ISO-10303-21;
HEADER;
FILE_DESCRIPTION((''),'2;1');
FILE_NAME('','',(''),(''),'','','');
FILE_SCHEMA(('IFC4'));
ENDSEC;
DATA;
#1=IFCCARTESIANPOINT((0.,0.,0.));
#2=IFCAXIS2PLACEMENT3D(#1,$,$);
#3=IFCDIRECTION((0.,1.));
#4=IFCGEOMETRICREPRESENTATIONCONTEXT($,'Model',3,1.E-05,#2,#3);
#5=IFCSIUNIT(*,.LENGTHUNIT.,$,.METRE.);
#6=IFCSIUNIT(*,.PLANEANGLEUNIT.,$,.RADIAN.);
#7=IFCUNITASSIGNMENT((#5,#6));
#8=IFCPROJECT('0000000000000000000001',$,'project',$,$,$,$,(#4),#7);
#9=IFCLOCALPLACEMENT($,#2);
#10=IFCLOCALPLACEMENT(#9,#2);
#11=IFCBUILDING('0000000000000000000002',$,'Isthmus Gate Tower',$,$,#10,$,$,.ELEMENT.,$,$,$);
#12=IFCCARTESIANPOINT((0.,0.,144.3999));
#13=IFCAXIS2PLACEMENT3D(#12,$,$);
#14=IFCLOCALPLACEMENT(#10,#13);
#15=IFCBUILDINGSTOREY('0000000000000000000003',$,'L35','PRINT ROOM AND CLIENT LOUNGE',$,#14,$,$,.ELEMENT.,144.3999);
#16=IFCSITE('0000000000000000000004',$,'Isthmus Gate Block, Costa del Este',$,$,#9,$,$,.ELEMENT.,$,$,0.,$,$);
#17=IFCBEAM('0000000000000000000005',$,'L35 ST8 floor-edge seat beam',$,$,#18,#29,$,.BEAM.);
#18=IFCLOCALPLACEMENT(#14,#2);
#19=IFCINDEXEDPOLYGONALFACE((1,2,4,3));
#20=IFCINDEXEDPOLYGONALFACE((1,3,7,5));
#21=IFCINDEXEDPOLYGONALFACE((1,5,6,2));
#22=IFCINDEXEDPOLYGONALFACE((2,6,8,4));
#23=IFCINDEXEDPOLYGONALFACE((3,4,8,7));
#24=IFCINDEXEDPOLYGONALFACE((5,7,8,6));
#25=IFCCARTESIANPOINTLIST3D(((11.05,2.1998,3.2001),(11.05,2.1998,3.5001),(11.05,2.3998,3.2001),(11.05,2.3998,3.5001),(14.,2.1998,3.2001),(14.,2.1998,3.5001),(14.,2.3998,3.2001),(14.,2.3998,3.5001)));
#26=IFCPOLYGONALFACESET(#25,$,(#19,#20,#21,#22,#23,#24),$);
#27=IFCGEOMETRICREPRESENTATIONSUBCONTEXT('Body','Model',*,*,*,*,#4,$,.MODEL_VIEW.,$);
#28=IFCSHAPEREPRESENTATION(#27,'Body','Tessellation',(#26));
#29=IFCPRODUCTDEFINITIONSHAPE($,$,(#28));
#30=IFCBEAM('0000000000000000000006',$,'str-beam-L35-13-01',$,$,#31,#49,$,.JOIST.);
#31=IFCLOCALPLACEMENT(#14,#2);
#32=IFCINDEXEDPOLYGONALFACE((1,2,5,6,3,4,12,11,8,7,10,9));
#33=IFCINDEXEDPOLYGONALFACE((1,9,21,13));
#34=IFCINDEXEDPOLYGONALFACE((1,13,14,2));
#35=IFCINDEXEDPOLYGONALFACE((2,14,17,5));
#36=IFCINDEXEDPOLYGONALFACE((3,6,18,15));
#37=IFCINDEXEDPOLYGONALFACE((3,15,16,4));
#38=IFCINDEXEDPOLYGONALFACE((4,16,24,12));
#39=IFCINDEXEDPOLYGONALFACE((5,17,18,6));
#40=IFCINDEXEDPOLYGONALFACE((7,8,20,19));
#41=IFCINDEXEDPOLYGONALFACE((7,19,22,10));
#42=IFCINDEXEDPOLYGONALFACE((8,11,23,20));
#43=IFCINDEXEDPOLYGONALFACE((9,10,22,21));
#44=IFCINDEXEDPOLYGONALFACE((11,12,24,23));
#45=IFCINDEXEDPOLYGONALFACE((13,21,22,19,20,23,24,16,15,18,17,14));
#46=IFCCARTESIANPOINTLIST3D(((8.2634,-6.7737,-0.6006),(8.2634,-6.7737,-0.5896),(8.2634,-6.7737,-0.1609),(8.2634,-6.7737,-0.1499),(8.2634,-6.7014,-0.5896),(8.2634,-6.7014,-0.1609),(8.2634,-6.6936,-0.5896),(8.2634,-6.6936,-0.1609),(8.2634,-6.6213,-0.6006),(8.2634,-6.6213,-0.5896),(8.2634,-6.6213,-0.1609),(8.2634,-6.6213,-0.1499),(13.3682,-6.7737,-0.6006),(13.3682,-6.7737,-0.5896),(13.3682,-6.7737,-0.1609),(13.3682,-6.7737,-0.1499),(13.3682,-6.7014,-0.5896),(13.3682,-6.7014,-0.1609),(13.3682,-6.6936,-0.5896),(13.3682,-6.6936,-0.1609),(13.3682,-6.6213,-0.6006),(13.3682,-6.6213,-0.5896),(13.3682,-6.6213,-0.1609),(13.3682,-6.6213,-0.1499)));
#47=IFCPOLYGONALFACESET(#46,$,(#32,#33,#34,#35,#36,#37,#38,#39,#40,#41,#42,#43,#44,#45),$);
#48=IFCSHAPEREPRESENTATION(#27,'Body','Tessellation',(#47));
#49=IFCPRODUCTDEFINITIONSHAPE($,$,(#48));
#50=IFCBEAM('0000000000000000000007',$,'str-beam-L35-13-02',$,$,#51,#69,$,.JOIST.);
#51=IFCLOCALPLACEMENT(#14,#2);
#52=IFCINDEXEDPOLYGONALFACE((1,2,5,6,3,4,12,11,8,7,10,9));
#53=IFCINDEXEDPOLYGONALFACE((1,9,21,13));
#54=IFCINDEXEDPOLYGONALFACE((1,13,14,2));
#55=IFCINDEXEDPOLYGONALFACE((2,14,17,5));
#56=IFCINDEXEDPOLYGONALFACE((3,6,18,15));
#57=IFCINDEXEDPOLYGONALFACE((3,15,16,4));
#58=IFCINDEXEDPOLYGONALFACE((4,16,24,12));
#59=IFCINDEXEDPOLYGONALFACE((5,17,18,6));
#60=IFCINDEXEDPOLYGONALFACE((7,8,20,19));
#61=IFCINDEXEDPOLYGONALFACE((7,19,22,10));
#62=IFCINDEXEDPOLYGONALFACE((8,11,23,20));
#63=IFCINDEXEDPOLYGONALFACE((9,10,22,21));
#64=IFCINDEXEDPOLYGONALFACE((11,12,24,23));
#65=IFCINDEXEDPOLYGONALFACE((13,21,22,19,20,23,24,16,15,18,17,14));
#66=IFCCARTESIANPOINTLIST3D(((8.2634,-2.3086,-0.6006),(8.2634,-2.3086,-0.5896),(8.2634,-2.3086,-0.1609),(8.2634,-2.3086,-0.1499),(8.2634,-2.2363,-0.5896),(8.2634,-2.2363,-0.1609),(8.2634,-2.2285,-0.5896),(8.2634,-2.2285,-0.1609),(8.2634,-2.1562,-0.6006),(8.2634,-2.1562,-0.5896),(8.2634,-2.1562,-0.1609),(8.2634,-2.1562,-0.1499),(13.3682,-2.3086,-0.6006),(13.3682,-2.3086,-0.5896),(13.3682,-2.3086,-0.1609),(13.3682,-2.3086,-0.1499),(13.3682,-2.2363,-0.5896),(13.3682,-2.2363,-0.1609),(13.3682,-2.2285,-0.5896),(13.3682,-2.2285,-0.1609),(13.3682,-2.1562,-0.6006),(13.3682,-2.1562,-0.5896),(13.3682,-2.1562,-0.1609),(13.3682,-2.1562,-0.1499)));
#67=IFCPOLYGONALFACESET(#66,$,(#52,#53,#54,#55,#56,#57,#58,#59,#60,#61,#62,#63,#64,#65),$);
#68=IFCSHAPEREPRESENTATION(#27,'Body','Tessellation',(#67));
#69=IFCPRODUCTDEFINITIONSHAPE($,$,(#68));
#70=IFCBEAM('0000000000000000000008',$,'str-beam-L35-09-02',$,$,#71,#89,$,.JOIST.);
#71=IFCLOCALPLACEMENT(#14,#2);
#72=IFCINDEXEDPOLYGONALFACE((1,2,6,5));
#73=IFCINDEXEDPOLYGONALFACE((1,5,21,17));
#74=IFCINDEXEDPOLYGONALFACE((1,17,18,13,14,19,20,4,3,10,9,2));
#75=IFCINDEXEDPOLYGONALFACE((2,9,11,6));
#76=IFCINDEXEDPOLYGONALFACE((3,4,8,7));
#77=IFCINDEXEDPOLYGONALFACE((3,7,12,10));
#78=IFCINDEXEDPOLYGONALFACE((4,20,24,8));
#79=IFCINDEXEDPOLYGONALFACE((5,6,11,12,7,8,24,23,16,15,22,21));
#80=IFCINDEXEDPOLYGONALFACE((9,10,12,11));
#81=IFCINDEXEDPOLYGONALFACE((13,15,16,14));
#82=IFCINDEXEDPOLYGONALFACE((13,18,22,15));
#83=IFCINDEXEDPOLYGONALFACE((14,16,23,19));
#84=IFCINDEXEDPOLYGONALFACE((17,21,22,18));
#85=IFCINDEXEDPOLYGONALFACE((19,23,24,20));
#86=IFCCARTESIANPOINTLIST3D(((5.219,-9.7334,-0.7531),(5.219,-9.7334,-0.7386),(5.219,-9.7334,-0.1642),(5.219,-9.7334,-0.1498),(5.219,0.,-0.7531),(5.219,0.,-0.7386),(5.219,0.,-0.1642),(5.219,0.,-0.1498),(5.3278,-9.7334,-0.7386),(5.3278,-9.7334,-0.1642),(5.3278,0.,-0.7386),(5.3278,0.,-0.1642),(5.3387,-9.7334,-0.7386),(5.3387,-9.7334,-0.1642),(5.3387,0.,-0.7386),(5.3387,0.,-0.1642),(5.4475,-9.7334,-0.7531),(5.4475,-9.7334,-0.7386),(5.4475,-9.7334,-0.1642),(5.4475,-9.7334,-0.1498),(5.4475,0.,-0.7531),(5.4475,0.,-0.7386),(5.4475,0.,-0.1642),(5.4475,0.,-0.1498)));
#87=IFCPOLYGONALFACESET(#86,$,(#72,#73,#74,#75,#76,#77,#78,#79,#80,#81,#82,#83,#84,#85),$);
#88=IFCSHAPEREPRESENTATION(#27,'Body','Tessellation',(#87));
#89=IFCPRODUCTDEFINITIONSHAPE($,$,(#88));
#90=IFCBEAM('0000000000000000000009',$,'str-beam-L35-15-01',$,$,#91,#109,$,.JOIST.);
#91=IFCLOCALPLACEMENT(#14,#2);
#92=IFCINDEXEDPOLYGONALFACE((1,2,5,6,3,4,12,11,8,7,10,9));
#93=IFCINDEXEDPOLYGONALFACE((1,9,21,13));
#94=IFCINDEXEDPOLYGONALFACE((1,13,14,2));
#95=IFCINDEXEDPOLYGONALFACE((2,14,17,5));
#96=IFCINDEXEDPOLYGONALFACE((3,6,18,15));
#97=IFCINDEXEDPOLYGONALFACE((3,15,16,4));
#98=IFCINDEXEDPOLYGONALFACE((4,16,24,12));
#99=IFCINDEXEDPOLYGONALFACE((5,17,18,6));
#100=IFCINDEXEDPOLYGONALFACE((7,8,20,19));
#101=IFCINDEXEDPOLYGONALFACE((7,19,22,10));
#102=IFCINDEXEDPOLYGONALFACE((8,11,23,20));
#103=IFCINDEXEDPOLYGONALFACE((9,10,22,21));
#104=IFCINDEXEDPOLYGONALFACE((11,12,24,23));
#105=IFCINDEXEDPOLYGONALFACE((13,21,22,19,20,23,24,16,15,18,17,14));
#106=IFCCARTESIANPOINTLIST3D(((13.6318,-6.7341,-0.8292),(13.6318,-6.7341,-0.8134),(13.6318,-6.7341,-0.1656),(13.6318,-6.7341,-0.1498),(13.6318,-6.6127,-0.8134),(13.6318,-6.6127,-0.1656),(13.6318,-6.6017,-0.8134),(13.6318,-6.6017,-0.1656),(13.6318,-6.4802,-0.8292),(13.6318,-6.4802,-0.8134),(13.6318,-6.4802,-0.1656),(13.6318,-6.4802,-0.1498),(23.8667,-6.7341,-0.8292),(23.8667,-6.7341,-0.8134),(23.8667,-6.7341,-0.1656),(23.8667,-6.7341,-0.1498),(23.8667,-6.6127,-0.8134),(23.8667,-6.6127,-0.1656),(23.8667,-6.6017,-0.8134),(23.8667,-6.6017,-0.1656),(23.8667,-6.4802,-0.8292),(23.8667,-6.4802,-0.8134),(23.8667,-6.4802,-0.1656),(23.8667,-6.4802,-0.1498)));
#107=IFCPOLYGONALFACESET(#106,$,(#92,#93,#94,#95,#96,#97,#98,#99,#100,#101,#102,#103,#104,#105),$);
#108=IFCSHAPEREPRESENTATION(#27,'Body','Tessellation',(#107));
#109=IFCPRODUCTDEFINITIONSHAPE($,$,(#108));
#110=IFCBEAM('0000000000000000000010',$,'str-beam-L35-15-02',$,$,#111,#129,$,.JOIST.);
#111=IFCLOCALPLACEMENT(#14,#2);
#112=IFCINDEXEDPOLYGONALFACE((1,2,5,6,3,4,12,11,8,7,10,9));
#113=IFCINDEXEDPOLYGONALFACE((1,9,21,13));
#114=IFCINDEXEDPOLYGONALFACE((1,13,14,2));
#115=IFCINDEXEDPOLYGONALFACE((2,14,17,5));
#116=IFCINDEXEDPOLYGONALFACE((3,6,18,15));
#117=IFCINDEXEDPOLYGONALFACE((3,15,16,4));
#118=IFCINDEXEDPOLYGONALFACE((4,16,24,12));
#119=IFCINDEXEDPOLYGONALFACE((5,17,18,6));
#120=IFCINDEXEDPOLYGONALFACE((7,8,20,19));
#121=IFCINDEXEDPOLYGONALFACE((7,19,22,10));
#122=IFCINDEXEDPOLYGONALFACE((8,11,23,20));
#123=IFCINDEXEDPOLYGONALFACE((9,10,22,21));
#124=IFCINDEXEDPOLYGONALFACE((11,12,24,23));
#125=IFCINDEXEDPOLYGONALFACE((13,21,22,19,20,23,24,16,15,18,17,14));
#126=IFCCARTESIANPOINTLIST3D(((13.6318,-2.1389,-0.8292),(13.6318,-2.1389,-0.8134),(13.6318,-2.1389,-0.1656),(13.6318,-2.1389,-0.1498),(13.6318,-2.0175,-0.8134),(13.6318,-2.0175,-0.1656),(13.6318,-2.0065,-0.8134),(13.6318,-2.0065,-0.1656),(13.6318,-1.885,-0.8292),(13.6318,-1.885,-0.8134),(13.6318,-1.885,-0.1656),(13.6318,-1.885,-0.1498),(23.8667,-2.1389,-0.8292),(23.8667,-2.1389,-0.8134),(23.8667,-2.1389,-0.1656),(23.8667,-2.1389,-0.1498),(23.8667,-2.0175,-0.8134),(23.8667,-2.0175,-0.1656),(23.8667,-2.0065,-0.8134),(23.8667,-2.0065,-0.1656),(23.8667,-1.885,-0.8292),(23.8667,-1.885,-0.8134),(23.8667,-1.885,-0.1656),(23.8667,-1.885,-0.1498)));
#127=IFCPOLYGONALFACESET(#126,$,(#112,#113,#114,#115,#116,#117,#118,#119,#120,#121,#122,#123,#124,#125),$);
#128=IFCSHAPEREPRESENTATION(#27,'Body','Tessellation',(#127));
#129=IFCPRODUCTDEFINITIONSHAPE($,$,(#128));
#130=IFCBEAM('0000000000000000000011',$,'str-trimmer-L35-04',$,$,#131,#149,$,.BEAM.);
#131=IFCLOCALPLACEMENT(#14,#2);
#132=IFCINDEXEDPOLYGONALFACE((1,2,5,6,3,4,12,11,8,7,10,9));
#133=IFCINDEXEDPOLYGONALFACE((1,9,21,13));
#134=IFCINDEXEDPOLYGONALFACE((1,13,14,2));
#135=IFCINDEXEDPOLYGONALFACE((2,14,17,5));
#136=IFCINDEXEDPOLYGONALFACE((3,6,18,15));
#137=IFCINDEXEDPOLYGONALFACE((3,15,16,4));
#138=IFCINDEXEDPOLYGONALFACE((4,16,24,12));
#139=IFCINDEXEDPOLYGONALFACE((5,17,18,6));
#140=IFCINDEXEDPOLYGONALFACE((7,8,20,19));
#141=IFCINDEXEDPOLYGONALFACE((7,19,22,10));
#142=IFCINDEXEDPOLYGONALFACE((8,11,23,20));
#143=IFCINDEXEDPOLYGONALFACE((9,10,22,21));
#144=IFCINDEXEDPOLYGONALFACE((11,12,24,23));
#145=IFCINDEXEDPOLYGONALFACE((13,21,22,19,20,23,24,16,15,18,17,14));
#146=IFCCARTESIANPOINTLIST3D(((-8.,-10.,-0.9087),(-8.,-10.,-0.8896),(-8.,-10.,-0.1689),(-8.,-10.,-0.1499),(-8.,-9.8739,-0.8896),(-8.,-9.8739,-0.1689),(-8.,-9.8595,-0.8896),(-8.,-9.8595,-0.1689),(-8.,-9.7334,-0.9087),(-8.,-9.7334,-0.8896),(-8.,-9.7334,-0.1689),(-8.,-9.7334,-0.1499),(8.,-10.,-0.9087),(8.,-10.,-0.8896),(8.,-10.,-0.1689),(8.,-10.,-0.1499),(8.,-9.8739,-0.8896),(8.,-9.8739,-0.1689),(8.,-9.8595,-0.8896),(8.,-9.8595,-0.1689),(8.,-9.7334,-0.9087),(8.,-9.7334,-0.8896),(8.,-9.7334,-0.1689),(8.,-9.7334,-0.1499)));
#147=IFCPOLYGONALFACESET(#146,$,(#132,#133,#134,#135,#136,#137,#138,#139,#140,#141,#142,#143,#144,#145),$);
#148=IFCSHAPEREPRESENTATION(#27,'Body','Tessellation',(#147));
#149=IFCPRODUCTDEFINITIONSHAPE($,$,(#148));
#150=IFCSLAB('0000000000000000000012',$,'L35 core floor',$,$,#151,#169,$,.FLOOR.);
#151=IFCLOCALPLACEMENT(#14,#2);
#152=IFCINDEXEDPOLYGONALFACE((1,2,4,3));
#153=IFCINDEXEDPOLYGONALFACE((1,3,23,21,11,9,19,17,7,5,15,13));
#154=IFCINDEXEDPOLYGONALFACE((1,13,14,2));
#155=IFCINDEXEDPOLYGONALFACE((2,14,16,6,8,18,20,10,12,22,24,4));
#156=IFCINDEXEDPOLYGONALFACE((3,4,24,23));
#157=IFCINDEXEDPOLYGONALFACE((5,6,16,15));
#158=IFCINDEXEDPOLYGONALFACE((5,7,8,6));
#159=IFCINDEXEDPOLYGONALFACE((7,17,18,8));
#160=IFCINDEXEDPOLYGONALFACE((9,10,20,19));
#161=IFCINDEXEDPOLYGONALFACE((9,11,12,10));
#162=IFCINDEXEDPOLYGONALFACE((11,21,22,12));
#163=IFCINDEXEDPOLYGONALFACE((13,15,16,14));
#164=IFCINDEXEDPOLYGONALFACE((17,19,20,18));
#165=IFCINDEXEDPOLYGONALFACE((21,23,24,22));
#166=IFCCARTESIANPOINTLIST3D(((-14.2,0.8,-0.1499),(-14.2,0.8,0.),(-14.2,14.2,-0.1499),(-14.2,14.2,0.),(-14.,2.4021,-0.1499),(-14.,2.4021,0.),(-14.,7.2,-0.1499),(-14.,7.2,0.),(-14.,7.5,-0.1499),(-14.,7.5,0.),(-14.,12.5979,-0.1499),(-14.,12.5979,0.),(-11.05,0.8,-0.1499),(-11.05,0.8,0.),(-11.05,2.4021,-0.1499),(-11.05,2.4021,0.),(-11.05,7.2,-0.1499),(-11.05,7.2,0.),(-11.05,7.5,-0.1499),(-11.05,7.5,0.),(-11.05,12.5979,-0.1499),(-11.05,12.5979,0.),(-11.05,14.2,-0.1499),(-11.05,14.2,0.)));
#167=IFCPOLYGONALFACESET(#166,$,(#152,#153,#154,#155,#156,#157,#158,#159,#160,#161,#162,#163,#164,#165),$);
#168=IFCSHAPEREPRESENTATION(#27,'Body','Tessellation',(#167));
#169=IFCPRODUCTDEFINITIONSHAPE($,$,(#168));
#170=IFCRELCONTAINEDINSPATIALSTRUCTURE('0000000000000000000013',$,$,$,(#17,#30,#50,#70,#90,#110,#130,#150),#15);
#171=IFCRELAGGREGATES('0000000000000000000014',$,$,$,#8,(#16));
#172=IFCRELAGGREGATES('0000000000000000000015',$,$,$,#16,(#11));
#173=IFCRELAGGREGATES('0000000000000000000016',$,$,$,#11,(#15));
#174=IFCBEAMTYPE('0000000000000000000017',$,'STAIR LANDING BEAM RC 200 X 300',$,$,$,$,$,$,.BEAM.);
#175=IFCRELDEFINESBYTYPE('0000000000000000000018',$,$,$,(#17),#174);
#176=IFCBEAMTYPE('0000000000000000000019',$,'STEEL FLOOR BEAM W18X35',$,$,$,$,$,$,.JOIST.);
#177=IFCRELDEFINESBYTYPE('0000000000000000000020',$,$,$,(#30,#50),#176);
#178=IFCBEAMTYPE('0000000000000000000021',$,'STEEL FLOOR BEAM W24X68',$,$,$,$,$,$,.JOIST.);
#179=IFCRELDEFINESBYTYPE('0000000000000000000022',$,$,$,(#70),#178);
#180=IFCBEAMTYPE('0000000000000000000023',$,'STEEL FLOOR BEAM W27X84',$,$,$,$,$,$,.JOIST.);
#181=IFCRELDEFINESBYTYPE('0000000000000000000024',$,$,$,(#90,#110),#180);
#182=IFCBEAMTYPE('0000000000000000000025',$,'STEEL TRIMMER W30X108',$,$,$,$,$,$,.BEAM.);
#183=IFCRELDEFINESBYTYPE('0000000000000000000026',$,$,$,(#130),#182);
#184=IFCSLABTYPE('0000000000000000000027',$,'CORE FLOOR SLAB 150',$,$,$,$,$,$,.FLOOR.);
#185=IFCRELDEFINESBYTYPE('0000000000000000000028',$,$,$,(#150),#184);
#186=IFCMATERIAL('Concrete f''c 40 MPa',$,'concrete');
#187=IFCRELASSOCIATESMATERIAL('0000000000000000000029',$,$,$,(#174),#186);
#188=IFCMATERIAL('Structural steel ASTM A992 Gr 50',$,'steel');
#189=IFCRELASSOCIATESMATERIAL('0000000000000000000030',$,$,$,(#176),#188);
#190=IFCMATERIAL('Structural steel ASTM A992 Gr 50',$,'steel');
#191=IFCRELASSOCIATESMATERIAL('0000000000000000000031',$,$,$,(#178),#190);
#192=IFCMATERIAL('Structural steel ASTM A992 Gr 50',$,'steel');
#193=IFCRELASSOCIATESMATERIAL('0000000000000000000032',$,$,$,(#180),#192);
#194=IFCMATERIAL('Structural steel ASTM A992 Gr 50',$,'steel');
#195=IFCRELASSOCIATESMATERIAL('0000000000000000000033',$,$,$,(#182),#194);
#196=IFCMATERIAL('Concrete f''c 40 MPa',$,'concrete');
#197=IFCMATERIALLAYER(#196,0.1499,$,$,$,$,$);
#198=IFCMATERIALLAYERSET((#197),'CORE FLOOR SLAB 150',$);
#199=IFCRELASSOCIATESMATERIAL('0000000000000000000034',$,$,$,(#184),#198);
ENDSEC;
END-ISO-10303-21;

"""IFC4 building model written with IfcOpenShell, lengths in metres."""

from ifc_helpers import new_model, si_unit, direction, frame, origin, origin_2d, place, context, subcontext, project, spatial, polyline, rectangle, i_section, outline, extrude, material, layer, layer_set, material_profile, profile_set, type_object, element, save


model = new_model("IFC4")

# Units and contexts
model_context = context("Model", 3, precision=1e-05, world=origin(), true_north=direction((0.0, 1.0)))
body_context = subcontext(model_context, "Body", "Model", "MODEL_VIEW")
ifc_project = project(units=[si_unit("LENGTHUNIT", "METRE"), si_unit("PLANEANGLEUNIT", "RADIAN")], contexts=[model_context])

# Site, building, storey
site_placement = place(None, origin())
site = spatial("IfcSite", under=ifc_project, at=site_placement, Name="Isthmus Gate Block, Costa del Este", CompositionType="ELEMENT", RefElevation=0.0)
building_placement = place(site_placement, origin())
building = spatial("IfcBuilding", under=site, at=building_placement, Name="Isthmus Gate Tower", CompositionType="ELEMENT")
storey_placement = place(building_placement, frame((0.0, 0.0, 144.3999)))
storey = spatial("IfcBuildingStorey", under=building, at=storey_placement, Name="L35", Description="PRINT ROOM AND CLIENT LOUNGE", CompositionType="ELEMENT", Elevation=144.3999)

# Beams
ifc_material_1 = material(Name="Concrete f'c 40 MPa", Category="concrete")
ifc_material_profile_1 = material_profile(ifc_material_1, rectangle(XDim=0.2, YDim=0.3, at=origin_2d()), Name="STAIR LANDING BEAM RC 200 X 300")
ifc_profile_set_1 = profile_set([ifc_material_profile_1], Name="Concrete f'c 40 MPa")
beam_type_1 = type_object("IfcBeamType", Name="STAIR LANDING BEAM RC 200 X 300", PredefinedType="BEAM", material=ifc_profile_set_1)
beam_1_placement = place(storey_placement, frame((11.05, 2.2998, 3.3501), z_axis=(1.0, 0.0, 0.0), x_axis=(0.0, 1.0, 0.0)))
element("IfcBeam", 1, at=beam_1_placement, inside=storey, type_object=beam_type_1, Name="L35 ST8 floor-edge seat beam", PredefinedType="BEAM", context=body_context, shape_type="SweptSolid", body=[
    extrude(rectangle(XDim=0.2, YDim=0.3, at=origin_2d()), origin(), (0.0, 0.0, 1.0), 2.95),
])
ifc_material_2 = material(Name="Structural steel ASTM A992 Gr 50", Category="steel")
ifc_material_profile_2 = material_profile(ifc_material_2, i_section(OverallWidth=0.1523, OverallDepth=0.4507, WebThickness=0.0078, FlangeThickness=0.011, at=origin_2d()), Name="W18X35")
ifc_profile_set_2 = profile_set([ifc_material_profile_2], Name="Structural steel ASTM A992 Gr 50")
beam_type_2 = type_object("IfcBeamType", Name="STEEL FLOOR BEAM W18X35", PredefinedType="JOIST", material=ifc_profile_set_2)
for number, where, z_axis, x_axis, name in (
    (2, (8.2634, -6.6975, -0.3752), (1.0, 0.0, 0.0), (0.0, 1.0, 0.0), "str-beam-L35-13-01"),
    (3, (8.2634, -2.2324, -0.3752), (1.0, 0.0, 0.0), (0.0, 1.0, 0.0), "str-beam-L35-13-02"),
):
    element("IfcBeam", number, at=place(storey_placement, frame(where, z_axis=z_axis, x_axis=x_axis)), inside=storey, type_object=beam_type_2, Name=name, PredefinedType="JOIST", context=body_context, shape_type="SweptSolid", body=[
        extrude(i_section(OverallWidth=0.1523, OverallDepth=0.4507, WebThickness=0.0078, FlangeThickness=0.011, at=origin_2d()), origin(), (0.0, 0.0, 1.0), 5.1047),
    ])
ifc_material_3 = material(Name="Structural steel ASTM A992 Gr 50", Category="steel")
ifc_material_profile_3 = material_profile(ifc_material_3, i_section(OverallWidth=0.2285, OverallDepth=0.6033, WebThickness=0.011, FlangeThickness=0.0144, at=origin_2d()), Name="W24X68")
ifc_profile_set_3 = profile_set([ifc_material_profile_3], Name="Structural steel ASTM A992 Gr 50")
beam_type_3 = type_object("IfcBeamType", Name="STEEL FLOOR BEAM W24X68", PredefinedType="JOIST", material=ifc_profile_set_3)
beam_2_placement = place(storey_placement, frame((5.3333, -9.7334, -0.4514), z_axis=(0.0, 1.0, 0.0), x_axis=(-1.0, 0.0, 0.0)))
element("IfcBeam", 4, at=beam_2_placement, inside=storey, type_object=beam_type_3, Name="str-beam-L35-09-02", PredefinedType="JOIST", context=body_context, shape_type="SweptSolid", body=[
    extrude(i_section(OverallWidth=0.2285, OverallDepth=0.6033, WebThickness=0.011, FlangeThickness=0.0144, at=origin_2d()), origin(), (0.0, 0.0, 1.0), 9.7334),
])
ifc_material_4 = material(Name="Structural steel ASTM A992 Gr 50", Category="steel")
ifc_material_profile_4 = material_profile(ifc_material_4, i_section(OverallWidth=0.2539, OverallDepth=0.6794, WebThickness=0.011, FlangeThickness=0.0159, at=origin_2d()), Name="W27X84")
ifc_profile_set_4 = profile_set([ifc_material_profile_4], Name="Structural steel ASTM A992 Gr 50")
beam_type_4 = type_object("IfcBeamType", Name="STEEL FLOOR BEAM W27X84", PredefinedType="JOIST", material=ifc_profile_set_4)
for number, where, z_axis, x_axis, name in (
    (5, (13.6318, -6.6072, -0.4895), (1.0, 0.0, 0.0), (0.0, 1.0, 0.0), "str-beam-L35-15-01"),
    (6, (13.6318, -2.012, -0.4895), (1.0, 0.0, 0.0), (0.0, 1.0, 0.0), "str-beam-L35-15-02"),
):
    element("IfcBeam", number, at=place(storey_placement, frame(where, z_axis=z_axis, x_axis=x_axis)), inside=storey, type_object=beam_type_4, Name=name, PredefinedType="JOIST", context=body_context, shape_type="SweptSolid", body=[
        extrude(i_section(OverallWidth=0.2539, OverallDepth=0.6794, WebThickness=0.011, FlangeThickness=0.0159, at=origin_2d()), origin(), (0.0, 0.0, 1.0), 10.2349),
    ])
ifc_material_5 = material(Name="Structural steel ASTM A992 Gr 50", Category="steel")
ifc_material_profile_5 = material_profile(ifc_material_5, i_section(OverallWidth=0.2666, OverallDepth=0.7588, WebThickness=0.0144, FlangeThickness=0.019, at=origin_2d()), Name="W30X108")
ifc_profile_set_5 = profile_set([ifc_material_profile_5], Name="Structural steel ASTM A992 Gr 50")
beam_type_5 = type_object("IfcBeamType", Name="STEEL TRIMMER W30X108", PredefinedType="BEAM", material=ifc_profile_set_5)
beam_3_placement = place(storey_placement, frame((8.0, -9.8667, -0.5293), z_axis=(-1.0, 0.0, 0.0), x_axis=(0.0, -1.0, 0.0)))
element("IfcBeam", 7, at=beam_3_placement, inside=storey, type_object=beam_type_5, Name="str-trimmer-L35-04", PredefinedType="BEAM", context=body_context, shape_type="SweptSolid", body=[
    extrude(i_section(OverallWidth=0.2666, OverallDepth=0.7588, WebThickness=0.0144, FlangeThickness=0.019, at=origin_2d()), origin(), (0.0, 0.0, 1.0), 16.0),
])

# Slab
ifc_material_6 = material(Name="Concrete f'c 40 MPa", Category="concrete")
ifc_layer_1 = layer(ifc_material_6, 0.1499)
ifc_layer_set_1 = layer_set([ifc_layer_1], Name="CORE FLOOR SLAB 150")
slab_type_1 = type_object("IfcSlabType", Name="CORE FLOOR SLAB 150", PredefinedType="FLOOR", material=ifc_layer_set_1)
slab_1_placement = place(storey_placement, frame((0.0, 0.0, -0.1499)))
element("IfcSlab", 8, at=slab_1_placement, inside=storey, type_object=slab_type_1, Name="L35 core floor", PredefinedType="FLOOR", context=body_context, shape_type="SweptSolid", body=[
    extrude(outline(polyline([(-11.05, 0.8), (-11.05, 2.4021), (-14.0, 2.4021), (-14.0, 7.2), (-11.05, 7.2), (-11.05, 7.5), (-14.0, 7.5), (-14.0, 12.5979), (-11.05, 12.5979), (-11.05, 14.2), (-14.2, 14.2), (-14.2, 0.8), (-11.05, 0.8)])), origin(), (0.0, 0.0, 1.0), 0.1499),
])

save(model, "model.ifc")
